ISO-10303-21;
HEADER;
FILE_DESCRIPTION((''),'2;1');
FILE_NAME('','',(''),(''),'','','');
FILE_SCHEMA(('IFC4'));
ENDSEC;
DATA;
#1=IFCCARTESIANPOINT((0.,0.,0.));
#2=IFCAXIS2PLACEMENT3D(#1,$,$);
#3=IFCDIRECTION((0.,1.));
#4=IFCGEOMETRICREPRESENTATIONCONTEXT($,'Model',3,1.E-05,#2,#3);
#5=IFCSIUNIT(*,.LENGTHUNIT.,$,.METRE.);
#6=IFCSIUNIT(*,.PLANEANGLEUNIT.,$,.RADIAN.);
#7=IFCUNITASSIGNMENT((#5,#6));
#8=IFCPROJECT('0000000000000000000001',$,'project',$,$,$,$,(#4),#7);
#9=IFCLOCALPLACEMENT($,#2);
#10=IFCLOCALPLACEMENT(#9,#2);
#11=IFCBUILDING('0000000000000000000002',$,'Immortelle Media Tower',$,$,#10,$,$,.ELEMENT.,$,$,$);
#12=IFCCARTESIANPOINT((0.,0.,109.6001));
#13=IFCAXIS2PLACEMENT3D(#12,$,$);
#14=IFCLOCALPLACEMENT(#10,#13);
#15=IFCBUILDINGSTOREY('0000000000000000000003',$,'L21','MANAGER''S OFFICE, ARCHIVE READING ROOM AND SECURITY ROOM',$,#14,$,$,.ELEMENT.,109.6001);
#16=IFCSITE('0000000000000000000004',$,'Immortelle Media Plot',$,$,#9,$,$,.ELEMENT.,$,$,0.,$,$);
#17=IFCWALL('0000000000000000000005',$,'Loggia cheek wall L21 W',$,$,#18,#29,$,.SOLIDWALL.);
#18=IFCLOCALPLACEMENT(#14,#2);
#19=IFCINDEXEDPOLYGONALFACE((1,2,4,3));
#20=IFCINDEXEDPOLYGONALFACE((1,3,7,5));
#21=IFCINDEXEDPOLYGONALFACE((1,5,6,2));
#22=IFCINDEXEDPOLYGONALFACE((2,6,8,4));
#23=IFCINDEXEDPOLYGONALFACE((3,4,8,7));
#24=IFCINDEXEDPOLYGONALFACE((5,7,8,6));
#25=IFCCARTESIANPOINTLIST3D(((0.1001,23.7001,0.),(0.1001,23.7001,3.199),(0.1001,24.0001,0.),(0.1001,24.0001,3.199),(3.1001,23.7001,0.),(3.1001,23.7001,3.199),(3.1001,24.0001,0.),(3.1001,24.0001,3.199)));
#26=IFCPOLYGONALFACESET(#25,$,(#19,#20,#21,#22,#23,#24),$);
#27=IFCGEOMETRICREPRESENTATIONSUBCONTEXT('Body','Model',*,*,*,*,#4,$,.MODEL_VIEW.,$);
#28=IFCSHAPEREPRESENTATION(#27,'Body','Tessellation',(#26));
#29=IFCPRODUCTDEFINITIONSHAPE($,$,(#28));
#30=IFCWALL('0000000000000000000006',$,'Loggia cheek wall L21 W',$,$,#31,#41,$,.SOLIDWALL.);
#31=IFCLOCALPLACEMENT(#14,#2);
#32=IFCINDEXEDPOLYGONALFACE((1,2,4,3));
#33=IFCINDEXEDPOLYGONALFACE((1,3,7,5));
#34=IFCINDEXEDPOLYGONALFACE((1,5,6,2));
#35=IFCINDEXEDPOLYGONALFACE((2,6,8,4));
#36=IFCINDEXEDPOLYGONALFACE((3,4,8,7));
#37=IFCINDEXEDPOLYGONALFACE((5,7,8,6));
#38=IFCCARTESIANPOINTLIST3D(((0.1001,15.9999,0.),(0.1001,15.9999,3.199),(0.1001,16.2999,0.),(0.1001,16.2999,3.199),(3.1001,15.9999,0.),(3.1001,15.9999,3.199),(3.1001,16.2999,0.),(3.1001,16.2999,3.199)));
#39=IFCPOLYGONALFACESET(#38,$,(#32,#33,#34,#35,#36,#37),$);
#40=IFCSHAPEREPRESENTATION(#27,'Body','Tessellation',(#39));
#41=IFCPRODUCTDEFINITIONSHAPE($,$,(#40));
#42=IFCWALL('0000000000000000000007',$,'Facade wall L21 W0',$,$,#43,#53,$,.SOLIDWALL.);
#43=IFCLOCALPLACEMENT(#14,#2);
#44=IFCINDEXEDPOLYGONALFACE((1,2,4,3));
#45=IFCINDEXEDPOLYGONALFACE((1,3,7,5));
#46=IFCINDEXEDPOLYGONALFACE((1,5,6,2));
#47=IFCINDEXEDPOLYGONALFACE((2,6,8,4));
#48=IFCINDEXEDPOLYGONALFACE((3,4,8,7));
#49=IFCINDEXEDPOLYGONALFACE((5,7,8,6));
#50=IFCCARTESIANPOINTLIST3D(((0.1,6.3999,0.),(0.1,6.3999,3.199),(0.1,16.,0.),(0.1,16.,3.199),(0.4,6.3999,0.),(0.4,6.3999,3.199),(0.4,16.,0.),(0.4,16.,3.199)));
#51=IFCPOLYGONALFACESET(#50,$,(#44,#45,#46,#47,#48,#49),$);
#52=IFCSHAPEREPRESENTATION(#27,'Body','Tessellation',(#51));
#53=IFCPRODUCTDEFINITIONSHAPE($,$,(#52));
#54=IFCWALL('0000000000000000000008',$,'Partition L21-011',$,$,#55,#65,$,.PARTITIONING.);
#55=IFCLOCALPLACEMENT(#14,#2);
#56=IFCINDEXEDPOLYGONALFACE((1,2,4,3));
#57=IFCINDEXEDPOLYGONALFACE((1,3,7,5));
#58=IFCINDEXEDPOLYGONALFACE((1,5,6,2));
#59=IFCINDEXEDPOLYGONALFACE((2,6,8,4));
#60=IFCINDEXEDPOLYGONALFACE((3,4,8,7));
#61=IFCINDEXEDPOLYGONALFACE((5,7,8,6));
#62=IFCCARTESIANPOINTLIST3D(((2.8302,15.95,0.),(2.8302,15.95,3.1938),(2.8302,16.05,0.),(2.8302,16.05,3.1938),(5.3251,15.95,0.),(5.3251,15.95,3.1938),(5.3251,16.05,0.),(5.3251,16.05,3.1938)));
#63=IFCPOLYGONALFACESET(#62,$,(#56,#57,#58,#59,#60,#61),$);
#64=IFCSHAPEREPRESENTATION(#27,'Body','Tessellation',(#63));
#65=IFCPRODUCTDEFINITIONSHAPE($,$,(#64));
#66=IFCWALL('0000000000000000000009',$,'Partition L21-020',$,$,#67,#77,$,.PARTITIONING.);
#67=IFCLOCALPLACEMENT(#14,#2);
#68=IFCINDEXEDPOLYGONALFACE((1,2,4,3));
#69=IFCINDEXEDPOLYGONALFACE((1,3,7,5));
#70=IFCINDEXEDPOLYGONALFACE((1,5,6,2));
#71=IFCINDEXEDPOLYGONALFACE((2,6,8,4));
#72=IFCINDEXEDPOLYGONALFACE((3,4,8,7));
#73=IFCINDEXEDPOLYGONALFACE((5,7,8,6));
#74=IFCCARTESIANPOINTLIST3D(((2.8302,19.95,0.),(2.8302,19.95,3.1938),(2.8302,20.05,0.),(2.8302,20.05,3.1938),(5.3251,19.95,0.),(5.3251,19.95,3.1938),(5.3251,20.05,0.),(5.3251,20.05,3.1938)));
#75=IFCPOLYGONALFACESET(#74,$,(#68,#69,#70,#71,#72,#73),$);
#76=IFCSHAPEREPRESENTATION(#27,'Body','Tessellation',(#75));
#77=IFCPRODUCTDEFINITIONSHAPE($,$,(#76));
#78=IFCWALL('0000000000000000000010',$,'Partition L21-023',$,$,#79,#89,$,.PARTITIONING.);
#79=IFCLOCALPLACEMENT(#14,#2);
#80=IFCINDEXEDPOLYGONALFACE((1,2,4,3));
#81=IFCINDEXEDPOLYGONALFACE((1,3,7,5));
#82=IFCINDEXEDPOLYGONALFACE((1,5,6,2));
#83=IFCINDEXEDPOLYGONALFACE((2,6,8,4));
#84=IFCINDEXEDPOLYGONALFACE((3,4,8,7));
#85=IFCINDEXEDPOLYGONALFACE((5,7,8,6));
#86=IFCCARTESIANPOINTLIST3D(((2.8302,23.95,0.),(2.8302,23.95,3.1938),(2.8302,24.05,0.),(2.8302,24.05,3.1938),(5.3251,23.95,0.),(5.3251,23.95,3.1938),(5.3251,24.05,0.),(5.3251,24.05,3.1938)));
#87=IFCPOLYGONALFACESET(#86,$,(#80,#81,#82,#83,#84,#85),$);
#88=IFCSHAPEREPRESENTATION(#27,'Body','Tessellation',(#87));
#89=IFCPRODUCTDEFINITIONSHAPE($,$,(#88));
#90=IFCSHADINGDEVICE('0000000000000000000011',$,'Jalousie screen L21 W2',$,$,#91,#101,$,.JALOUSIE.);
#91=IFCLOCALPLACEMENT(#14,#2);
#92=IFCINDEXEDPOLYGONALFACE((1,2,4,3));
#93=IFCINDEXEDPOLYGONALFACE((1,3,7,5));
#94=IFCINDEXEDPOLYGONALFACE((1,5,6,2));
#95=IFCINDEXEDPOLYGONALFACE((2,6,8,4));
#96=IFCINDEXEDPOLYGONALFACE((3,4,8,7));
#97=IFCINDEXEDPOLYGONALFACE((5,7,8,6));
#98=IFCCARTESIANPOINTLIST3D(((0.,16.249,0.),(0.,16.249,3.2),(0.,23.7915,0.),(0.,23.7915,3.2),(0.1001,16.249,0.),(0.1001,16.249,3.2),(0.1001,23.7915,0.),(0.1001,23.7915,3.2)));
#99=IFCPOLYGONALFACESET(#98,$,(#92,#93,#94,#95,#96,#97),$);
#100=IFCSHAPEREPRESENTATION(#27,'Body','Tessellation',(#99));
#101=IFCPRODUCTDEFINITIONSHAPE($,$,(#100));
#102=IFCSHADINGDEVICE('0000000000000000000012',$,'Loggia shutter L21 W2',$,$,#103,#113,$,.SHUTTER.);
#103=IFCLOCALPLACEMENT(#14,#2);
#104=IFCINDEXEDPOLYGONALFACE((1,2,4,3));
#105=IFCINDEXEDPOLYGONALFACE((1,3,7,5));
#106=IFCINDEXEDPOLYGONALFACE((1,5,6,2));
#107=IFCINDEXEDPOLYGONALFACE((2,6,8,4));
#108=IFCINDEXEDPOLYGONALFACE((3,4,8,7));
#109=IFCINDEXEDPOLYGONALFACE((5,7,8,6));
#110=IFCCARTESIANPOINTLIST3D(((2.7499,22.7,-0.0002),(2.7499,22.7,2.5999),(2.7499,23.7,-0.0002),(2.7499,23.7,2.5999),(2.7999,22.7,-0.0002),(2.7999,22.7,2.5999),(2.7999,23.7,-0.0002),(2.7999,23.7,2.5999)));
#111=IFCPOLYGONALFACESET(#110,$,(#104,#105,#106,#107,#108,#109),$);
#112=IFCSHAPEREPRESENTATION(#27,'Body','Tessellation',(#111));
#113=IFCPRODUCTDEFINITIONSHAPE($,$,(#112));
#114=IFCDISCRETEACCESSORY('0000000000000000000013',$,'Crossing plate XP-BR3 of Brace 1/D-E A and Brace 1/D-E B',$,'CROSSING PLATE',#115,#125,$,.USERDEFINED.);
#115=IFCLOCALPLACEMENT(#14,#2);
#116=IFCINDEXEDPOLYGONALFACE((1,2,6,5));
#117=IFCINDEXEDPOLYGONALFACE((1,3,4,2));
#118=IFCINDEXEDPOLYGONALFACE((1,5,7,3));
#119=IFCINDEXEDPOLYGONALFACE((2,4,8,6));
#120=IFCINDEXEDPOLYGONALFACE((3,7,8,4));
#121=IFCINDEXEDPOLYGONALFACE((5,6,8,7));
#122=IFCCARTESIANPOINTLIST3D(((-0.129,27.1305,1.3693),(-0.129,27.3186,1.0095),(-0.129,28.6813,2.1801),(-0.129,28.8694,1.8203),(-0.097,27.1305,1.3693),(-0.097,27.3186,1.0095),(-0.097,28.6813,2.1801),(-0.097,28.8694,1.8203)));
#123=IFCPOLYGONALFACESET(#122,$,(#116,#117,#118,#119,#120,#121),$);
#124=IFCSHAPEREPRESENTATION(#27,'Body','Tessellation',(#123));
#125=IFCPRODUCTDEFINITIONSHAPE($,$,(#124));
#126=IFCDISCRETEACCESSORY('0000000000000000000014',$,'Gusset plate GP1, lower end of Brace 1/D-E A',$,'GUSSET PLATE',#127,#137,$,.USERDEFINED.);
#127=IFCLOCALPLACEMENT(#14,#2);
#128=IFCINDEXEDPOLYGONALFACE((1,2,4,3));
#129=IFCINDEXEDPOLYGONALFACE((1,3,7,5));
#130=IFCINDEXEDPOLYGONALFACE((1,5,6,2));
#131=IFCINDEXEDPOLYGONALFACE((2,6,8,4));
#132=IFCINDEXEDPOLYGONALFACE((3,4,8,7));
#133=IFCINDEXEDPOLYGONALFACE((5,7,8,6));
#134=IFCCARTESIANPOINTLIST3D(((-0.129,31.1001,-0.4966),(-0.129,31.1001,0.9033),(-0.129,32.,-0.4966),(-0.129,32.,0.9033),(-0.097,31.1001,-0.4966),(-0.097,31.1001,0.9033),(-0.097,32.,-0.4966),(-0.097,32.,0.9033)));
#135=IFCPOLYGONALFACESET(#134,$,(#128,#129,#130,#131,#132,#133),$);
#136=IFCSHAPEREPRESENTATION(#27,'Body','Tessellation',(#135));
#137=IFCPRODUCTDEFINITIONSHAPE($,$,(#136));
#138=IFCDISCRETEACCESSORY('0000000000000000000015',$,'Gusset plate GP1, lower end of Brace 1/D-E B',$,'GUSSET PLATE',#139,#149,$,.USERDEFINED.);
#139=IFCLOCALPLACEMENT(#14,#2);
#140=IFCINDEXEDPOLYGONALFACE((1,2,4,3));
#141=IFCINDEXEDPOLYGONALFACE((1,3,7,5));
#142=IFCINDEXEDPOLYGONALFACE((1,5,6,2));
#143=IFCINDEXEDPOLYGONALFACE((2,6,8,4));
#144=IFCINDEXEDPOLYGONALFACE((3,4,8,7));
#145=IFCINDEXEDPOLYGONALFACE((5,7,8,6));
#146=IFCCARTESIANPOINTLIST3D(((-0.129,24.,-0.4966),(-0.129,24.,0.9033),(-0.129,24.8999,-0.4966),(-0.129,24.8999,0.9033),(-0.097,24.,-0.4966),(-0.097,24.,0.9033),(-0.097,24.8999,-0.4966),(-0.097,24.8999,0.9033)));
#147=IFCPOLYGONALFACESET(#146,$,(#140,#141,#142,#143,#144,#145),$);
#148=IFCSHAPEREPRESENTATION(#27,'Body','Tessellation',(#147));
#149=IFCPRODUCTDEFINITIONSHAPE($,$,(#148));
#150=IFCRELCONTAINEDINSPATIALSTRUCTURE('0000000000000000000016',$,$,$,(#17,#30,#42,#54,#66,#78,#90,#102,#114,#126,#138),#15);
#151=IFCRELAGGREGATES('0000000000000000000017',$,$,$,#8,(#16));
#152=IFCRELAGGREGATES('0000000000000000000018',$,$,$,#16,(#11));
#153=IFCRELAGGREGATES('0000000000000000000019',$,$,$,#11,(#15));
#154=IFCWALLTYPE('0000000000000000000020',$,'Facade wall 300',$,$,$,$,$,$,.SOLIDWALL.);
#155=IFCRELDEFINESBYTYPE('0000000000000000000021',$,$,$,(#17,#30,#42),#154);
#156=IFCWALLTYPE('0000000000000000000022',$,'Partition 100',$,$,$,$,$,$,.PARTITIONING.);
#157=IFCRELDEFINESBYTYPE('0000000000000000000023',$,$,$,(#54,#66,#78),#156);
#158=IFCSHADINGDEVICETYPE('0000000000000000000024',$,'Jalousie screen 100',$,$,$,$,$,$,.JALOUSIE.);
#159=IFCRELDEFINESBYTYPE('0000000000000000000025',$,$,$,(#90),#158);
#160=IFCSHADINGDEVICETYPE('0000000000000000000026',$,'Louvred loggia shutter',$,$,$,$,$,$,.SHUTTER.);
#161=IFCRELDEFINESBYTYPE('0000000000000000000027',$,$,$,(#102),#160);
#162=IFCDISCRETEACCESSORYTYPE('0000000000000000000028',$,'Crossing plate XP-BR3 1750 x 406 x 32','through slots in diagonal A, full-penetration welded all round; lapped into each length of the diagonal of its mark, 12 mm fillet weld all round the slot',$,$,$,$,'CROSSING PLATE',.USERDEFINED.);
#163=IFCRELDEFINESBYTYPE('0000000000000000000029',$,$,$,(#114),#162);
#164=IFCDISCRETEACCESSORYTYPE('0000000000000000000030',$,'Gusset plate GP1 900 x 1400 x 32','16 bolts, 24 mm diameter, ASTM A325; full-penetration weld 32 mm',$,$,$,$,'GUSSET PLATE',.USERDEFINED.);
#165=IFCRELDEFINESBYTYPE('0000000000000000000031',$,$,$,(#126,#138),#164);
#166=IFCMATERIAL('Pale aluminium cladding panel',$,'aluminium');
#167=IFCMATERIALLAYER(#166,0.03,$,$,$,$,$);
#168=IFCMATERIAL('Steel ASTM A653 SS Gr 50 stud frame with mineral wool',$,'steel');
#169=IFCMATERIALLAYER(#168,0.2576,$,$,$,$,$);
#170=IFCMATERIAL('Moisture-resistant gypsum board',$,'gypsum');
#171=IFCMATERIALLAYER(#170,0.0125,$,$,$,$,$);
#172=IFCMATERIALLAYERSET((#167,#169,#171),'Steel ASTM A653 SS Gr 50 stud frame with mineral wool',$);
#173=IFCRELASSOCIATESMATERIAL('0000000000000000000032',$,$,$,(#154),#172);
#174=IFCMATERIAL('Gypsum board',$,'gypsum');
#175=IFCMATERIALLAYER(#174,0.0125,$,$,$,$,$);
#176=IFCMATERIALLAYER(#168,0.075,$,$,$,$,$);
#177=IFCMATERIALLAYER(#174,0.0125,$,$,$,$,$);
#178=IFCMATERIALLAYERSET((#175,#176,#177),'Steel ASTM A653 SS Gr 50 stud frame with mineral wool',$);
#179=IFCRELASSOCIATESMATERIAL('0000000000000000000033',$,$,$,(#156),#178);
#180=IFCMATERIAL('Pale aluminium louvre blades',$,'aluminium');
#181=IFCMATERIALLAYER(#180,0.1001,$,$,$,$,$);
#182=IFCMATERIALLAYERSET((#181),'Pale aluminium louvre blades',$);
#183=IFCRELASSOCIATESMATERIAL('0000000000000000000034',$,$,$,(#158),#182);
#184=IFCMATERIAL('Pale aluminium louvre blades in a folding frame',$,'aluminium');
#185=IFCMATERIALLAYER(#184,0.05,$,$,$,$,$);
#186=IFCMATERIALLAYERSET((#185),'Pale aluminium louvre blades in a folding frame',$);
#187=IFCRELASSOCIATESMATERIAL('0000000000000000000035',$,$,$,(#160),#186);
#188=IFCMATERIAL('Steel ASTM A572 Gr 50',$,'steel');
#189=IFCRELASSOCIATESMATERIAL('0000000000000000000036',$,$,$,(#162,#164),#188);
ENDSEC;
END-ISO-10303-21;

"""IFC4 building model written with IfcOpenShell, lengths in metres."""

from ifc_helpers import new_model, si_unit, direction, frame, frame_2d, origin, origin_2d, place, context, subcontext, project, spatial, rectangle, extrude, material, layer, layer_set, material_profile, profile_set, type_object, element, save


model = new_model("IFC4")

# Units and contexts
model_context = context("Model", 3, precision=1e-05, world=origin(), true_north=direction((0.0, 1.0)))
body_context = subcontext(model_context, "Body", "Model", "MODEL_VIEW")
ifc_project = project(units=[si_unit("LENGTHUNIT", "METRE"), si_unit("PLANEANGLEUNIT", "RADIAN")], contexts=[model_context])

# Site, building, storey
site_placement = place(None, origin())
site = spatial("IfcSite", under=ifc_project, at=site_placement, Name="Immortelle Media Plot", CompositionType="ELEMENT", RefElevation=0.0)
building_placement = place(site_placement, origin())
building = spatial("IfcBuilding", under=site, at=building_placement, Name="Immortelle Media Tower", CompositionType="ELEMENT")
storey_placement = place(building_placement, frame((0.0, 0.0, 109.6001)))
storey = spatial("IfcBuildingStorey", under=building, at=storey_placement, Name="L21", Description="MANAGER'S OFFICE, ARCHIVE READING ROOM AND SECURITY ROOM", CompositionType="ELEMENT", Elevation=109.6001)

# Shared definitions
ifc_material_1 = material(Name="Steel ASTM A653 SS Gr 50 stud frame with mineral wool", Category="steel")

# Shared definitions
ifc_material_2 = material(Name="Pale aluminium cladding panel", Category="aluminium")
ifc_layer_1 = layer(ifc_material_2, 0.03)
ifc_layer_2 = layer(ifc_material_1, 0.2576)
ifc_material_3 = material(Name="Moisture-resistant gypsum board", Category="gypsum")
ifc_layer_3 = layer(ifc_material_3, 0.0125)
ifc_layer_set_1 = layer_set([ifc_layer_1, ifc_layer_2, ifc_layer_3], Name="Steel ASTM A653 SS Gr 50 stud frame with mineral wool")
wall_type_1 = type_object("IfcWallType", Name="Facade wall 300", PredefinedType="SOLIDWALL", material=ifc_layer_set_1)

# Walls
for number, where, z_axis, x_axis, name in (
    (1, (0.1001, 23.8501, 0.0), (0.0, 0.0, 1.0), (1.0, 0.0, 0.0), "Loggia cheek wall L21 W"),
    (2, (0.1001, 16.1499, 0.0), (0.0, 0.0, 1.0), (1.0, 0.0, 0.0), "Loggia cheek wall L21 W"),
):
    element("IfcWall", number, at=place(storey_placement, frame(where, z_axis=z_axis, x_axis=x_axis)), inside=storey, type_object=wall_type_1, Name=name, PredefinedType="SOLIDWALL", context=body_context, shape_type="SweptSolid", body=[
        extrude(rectangle(XDim=3.0, YDim=0.3, at=frame_2d((1.5, 0.0))), origin(), (0.0, 0.0, 1.0), 3.199),
    ])
wall_1_placement = place(storey_placement, frame((0.25, 16.0, 0.0), z_axis=(0.0, 0.0, 1.0), x_axis=(0.0, -1.0, 0.0)))
element("IfcWall", 3, at=wall_1_placement, inside=storey, type_object=wall_type_1, Name="Facade wall L21 W0", PredefinedType="SOLIDWALL", context=body_context, shape_type="SweptSolid", body=[
    extrude(rectangle(XDim=9.6001, YDim=0.3, at=frame_2d((4.8, 0.0))), origin(), (0.0, 0.0, 1.0), 3.199),
])
ifc_material_4 = material(Name="Gypsum board", Category="gypsum")
ifc_layer_4 = layer(ifc_material_4, 0.0125)
ifc_layer_5 = layer(ifc_material_1, 0.075)
ifc_layer_6 = layer(ifc_material_4, 0.0125)
ifc_layer_set_2 = layer_set([ifc_layer_4, ifc_layer_5, ifc_layer_6], Name="Steel ASTM A653 SS Gr 50 stud frame with mineral wool")
wall_type_2 = type_object("IfcWallType", Name="Partition 100", PredefinedType="PARTITIONING", material=ifc_layer_set_2)
for number, where, z_axis, x_axis, name in (
    (4, (2.8301, 16.0, 0.0), (0.0, 0.0, 1.0), (1.0, 0.0, 0.0), "Partition L21-011"),
    (5, (2.8301, 20.0, 0.0), (0.0, 0.0, 1.0), (1.0, 0.0, 0.0), "Partition L21-020"),
    (6, (2.8301, 24.0, 0.0), (0.0, 0.0, 1.0), (1.0, 0.0, 0.0), "Partition L21-023"),
):
    element("IfcWall", number, at=place(storey_placement, frame(where, z_axis=z_axis, x_axis=x_axis)), inside=storey, type_object=wall_type_2, Name=name, PredefinedType="PARTITIONING", context=body_context, shape_type="SweptSolid", body=[
        extrude(rectangle(XDim=2.4949, YDim=0.1001, at=frame_2d((1.2476, 0.0))), origin(), (0.0, 0.0, 1.0), 3.1938),
    ])

# Shading devices
ifc_material_5 = material(Name="Pale aluminium louvre blades", Category="aluminium")
ifc_layer_7 = layer(ifc_material_5, 0.1001)
ifc_layer_set_3 = layer_set([ifc_layer_7], Name="Pale aluminium louvre blades")
shading_device_type_1 = type_object("IfcShadingDeviceType", Name="Jalousie screen 100", PredefinedType="JALOUSIE", material=ifc_layer_set_3)
shading_device_1_placement = place(storey_placement, frame((0.05, 20.0203, 0.0), z_axis=(0.0, 0.0, 1.0), x_axis=(0.0, -1.0, 0.0)))
element("IfcShadingDevice", 7, at=shading_device_1_placement, inside=storey, type_object=shading_device_type_1, Name="Jalousie screen L21 W2", PredefinedType="JALOUSIE", context=body_context, shape_type="SweptSolid", body=[
    extrude(rectangle(XDim=7.5425, YDim=0.1001, at=origin_2d()), origin(), (0.0, 0.0, 1.0), 3.2),
])
ifc_material_6 = material(Name="Pale aluminium louvre blades in a folding frame", Category="aluminium")
ifc_layer_8 = layer(ifc_material_6, 0.05)
ifc_layer_set_4 = layer_set([ifc_layer_8], Name="Pale aluminium louvre blades in a folding frame")
shading_device_type_2 = type_object("IfcShadingDeviceType", Name="Louvred loggia shutter", PredefinedType="SHUTTER", material=ifc_layer_set_4)
shading_device_2_placement = place(storey_placement, frame((2.7749, 23.2, -0.0002), z_axis=(0.0, 0.0, 1.0), x_axis=(0.0, -1.0, 0.0)))
element("IfcShadingDevice", 8, at=shading_device_2_placement, inside=storey, type_object=shading_device_type_2, Name="Loggia shutter L21 W2", PredefinedType="SHUTTER", context=body_context, shape_type="SweptSolid", body=[
    extrude(rectangle(XDim=1.0, YDim=0.05, at=origin_2d()), origin(), (0.0, 0.0, 1.0), 2.6001),
])

# Discrete accessories
ifc_material_7 = material(Name="Steel ASTM A572 Gr 50", Category="steel")
ifc_material_profile_1 = material_profile(ifc_material_7, rectangle(XDim=0.032, YDim=0.406, at=origin_2d()), Name="PL 32 x 406")
ifc_profile_set_1 = profile_set([ifc_material_profile_1], Name="Steel ASTM A572 Gr 50")
discrete_accessory_type_1 = type_object("IfcDiscreteAccessoryType", Name="Crossing plate XP-BR3 1750 x 406 x 32", Description="through slots in diagonal A, full-penetration welded all round; lapped into each length of the diagonal of its mark, 12 mm fillet weld all round the slot", ElementType="CROSSING PLATE", PredefinedType="USERDEFINED", material=ifc_profile_set_1)
discrete_accessory_placement = place(storey_placement, frame((-0.113, 28.7754, 2.0002), z_axis=(0.0, -0.886189, -0.463324), x_axis=(1.0, 0.0, 0.0)))
element("IfcDiscreteAccessory", 9, at=discrete_accessory_placement, inside=storey, type_object=discrete_accessory_type_1, Name="Crossing plate XP-BR3 of Brace 1/D-E A and Brace 1/D-E B", ObjectType="CROSSING PLATE", PredefinedType="USERDEFINED", context=body_context, shape_type="SweptSolid", body=[
    extrude(rectangle(XDim=0.032, YDim=0.406, at=origin_2d()), origin(), (0.0, 0.0, 1.0), 1.75),
])
ifc_material_profile_2 = material_profile(ifc_material_7, rectangle(XDim=0.032, YDim=1.3999, at=origin_2d()), Name="PL 32 x 1400")
ifc_profile_set_2 = profile_set([ifc_material_profile_2], Name="Steel ASTM A572 Gr 50")
discrete_accessory_type_2 = type_object("IfcDiscreteAccessoryType", Name="Gusset plate GP1 900 x 1400 x 32", Description="16 bolts, 24 mm diameter, ASTM A325; full-penetration weld 32 mm", ElementType="GUSSET PLATE", PredefinedType="USERDEFINED", material=ifc_profile_set_2)
for number, where, z_axis, x_axis, name in (
    (10, (-0.113, 32.0, 0.2034), (0.0, -1.0, 0.0), (1.0, 0.0, 0.0), "Gusset plate GP1, lower end of Brace 1/D-E A"),
    (11, (-0.113, 24.0, 0.2034), (0.0, 1.0, 0.0), (-1.0, 0.0, 0.0), "Gusset plate GP1, lower end of Brace 1/D-E B"),
):
    element("IfcDiscreteAccessory", number, at=place(storey_placement, frame(where, z_axis=z_axis, x_axis=x_axis)), inside=storey, type_object=discrete_accessory_type_2, Name=name, ObjectType="GUSSET PLATE", PredefinedType="USERDEFINED", context=body_context, shape_type="SweptSolid", body=[
        extrude(rectangle(XDim=0.032, YDim=1.3999, at=origin_2d()), origin(), (0.0, 0.0, 1.0), 0.8999),
    ])

save(model, "model.ifc")
